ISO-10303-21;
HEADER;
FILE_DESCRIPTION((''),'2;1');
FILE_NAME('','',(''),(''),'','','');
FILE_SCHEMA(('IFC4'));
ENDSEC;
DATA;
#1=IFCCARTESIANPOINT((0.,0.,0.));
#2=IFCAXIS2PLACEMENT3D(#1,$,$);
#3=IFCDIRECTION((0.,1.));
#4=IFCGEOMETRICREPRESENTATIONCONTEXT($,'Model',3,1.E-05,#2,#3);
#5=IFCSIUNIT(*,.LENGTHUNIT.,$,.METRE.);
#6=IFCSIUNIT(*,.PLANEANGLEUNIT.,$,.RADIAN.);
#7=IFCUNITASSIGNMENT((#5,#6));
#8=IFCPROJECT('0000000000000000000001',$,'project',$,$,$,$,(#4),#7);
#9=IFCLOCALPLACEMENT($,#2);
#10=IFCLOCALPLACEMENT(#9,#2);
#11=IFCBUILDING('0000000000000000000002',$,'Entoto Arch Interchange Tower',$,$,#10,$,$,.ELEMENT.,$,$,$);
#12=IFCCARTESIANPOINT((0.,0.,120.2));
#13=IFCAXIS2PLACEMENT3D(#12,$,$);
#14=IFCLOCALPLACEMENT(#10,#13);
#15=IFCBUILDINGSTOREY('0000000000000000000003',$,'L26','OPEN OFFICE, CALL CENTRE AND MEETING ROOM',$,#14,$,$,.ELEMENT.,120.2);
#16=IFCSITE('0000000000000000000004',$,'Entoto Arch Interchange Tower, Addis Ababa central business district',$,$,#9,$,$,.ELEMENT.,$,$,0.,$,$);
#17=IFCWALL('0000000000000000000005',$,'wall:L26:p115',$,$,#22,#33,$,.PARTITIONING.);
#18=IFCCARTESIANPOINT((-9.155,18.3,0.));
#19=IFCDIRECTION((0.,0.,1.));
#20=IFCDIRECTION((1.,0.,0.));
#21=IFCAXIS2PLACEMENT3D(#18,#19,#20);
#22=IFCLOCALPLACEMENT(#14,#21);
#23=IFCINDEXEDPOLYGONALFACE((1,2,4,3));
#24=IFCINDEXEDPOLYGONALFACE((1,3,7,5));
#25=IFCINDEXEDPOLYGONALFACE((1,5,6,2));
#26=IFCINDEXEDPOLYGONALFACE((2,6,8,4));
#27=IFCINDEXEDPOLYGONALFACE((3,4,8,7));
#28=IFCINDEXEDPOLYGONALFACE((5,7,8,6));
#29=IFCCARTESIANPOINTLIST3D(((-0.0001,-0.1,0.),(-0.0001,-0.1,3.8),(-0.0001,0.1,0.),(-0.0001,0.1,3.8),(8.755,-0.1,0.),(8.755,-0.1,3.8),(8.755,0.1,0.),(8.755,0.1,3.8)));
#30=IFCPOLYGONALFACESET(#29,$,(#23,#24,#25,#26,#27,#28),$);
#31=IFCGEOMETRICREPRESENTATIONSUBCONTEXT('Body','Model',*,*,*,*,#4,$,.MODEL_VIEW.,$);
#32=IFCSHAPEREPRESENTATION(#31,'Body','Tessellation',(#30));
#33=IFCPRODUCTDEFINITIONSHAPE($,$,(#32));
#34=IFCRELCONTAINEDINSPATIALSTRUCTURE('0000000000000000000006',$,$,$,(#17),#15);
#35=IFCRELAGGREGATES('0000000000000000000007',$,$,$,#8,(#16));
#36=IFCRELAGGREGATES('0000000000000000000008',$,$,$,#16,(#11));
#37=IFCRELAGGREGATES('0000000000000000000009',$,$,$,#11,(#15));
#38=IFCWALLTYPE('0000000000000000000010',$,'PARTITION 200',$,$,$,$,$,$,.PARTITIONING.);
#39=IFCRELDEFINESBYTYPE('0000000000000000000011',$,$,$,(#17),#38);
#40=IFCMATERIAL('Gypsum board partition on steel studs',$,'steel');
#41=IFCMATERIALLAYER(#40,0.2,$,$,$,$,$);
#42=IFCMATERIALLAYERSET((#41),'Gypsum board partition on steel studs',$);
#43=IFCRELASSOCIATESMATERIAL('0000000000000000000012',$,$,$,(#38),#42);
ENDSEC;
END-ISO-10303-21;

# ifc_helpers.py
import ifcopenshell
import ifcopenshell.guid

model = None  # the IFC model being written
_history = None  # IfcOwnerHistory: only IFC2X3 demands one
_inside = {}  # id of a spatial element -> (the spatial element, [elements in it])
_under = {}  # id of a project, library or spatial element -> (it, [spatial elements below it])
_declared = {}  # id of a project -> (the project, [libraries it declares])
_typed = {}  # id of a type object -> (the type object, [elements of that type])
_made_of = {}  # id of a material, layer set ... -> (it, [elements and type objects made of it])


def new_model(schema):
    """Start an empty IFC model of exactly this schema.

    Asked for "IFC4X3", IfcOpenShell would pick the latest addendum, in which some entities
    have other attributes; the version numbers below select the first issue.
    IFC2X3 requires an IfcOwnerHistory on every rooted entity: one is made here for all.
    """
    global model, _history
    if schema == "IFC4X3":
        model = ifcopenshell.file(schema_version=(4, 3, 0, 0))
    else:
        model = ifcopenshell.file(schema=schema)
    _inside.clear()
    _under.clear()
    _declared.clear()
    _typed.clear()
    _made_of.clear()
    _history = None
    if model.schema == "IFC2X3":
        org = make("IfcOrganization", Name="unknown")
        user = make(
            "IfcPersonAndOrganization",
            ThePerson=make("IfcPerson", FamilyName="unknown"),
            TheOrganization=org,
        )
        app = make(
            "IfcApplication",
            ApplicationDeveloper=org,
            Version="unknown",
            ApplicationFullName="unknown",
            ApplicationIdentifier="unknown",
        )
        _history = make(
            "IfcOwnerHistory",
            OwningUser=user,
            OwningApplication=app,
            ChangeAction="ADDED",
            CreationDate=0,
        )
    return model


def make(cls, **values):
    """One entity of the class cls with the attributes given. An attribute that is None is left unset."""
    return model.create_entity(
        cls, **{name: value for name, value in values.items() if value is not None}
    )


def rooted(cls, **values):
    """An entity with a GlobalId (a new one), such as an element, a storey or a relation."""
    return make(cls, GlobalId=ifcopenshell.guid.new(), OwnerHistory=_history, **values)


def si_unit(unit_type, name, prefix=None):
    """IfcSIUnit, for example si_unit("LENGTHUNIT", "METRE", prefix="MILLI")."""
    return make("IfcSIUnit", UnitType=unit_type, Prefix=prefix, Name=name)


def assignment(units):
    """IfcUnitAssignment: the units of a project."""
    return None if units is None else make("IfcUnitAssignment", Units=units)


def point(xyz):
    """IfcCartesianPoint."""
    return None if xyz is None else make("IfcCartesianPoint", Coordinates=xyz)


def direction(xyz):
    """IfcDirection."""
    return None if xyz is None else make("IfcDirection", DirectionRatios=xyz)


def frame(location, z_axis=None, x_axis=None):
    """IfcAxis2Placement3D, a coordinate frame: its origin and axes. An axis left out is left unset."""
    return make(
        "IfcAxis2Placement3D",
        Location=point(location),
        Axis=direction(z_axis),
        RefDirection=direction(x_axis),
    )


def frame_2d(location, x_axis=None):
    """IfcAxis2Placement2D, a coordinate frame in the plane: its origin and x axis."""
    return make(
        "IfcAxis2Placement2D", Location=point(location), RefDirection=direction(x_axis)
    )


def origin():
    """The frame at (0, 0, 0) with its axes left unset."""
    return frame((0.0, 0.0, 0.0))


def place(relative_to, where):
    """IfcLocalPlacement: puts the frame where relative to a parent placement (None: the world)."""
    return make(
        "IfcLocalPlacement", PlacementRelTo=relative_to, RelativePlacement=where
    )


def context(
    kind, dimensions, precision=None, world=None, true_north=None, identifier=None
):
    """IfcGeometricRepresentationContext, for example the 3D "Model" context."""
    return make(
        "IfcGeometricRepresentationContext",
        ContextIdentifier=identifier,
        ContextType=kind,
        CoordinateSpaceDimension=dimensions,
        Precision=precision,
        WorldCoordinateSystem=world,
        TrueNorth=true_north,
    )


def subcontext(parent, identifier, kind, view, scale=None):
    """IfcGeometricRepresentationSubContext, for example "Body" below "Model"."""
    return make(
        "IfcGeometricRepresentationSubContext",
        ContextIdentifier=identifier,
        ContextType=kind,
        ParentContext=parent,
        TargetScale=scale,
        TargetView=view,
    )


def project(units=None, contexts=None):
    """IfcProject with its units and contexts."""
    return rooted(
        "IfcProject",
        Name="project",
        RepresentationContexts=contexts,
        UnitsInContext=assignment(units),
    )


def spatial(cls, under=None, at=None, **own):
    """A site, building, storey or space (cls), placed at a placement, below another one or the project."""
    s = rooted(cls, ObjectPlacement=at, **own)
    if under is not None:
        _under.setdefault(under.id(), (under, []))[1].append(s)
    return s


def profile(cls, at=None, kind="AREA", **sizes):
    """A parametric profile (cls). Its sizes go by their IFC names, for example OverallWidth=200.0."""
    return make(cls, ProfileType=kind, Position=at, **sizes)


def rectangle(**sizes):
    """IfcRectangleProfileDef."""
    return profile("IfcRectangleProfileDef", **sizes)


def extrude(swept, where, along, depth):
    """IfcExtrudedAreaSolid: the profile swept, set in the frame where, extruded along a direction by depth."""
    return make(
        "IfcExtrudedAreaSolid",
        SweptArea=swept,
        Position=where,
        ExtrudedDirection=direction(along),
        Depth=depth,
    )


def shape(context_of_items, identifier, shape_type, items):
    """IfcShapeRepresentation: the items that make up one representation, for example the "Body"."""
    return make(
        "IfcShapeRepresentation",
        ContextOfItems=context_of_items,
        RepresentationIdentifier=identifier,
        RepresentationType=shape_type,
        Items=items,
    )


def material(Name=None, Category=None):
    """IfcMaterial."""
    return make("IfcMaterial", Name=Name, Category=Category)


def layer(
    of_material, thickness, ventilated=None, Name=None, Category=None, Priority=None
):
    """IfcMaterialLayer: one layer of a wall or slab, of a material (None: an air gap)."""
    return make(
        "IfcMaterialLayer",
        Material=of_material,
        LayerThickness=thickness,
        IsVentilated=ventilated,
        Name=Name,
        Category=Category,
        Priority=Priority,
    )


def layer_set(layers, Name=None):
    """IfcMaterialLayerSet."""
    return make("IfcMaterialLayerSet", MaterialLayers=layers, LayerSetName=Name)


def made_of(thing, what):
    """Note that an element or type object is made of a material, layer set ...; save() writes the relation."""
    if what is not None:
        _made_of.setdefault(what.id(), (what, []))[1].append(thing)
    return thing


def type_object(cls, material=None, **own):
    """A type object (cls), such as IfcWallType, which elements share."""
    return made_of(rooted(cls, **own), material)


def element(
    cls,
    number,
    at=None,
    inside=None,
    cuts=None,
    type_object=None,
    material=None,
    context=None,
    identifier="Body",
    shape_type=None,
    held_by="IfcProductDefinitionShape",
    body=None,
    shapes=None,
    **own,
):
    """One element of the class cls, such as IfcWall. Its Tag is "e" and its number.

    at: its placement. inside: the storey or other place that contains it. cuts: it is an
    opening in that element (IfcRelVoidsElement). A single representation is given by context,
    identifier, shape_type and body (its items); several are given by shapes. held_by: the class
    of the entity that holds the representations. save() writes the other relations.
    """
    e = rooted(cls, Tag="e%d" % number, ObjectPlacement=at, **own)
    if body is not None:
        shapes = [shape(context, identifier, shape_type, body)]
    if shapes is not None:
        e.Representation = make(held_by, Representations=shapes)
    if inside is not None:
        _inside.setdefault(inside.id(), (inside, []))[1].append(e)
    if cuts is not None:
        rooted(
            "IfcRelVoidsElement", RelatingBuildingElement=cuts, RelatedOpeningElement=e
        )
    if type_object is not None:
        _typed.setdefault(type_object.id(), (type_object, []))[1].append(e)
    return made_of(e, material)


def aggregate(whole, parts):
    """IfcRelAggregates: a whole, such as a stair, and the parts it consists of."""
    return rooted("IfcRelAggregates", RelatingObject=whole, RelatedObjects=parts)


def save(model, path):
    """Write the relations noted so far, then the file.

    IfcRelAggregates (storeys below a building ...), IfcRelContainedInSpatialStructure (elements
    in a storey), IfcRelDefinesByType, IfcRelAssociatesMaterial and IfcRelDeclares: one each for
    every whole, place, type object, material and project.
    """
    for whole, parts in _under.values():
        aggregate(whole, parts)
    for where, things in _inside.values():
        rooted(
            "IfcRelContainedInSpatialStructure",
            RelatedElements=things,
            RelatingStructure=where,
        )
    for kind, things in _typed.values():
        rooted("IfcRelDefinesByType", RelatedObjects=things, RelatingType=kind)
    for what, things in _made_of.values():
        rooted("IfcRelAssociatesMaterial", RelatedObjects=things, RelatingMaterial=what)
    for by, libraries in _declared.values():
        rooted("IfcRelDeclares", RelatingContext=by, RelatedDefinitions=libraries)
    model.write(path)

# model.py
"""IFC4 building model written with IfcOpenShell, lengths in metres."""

from ifc_helpers import new_model, si_unit, direction, frame, frame_2d, origin, place, context, subcontext, project, spatial, rectangle, extrude, material, layer, layer_set, type_object, element, save


model = new_model("IFC4")

# Units and contexts
model_context = context("Model", 3, precision=1e-05, world=origin(), true_north=direction((0.0, 1.0)))
body_context = subcontext(model_context, "Body", "Model", "MODEL_VIEW")
ifc_project = project(units=[si_unit("LENGTHUNIT", "METRE"), si_unit("PLANEANGLEUNIT", "RADIAN")], contexts=[model_context])

# Site, building, storey
site_placement = place(None, origin())
site = spatial("IfcSite", under=ifc_project, at=site_placement, Name="Entoto Arch Interchange Tower, Addis Ababa central business district", CompositionType="ELEMENT", RefElevation=0.0)
building_placement = place(site_placement, origin())
building = spatial("IfcBuilding", under=site, at=building_placement, Name="Entoto Arch Interchange Tower", CompositionType="ELEMENT")
storey_placement = place(building_placement, frame((0.0, 0.0, 120.2)))
storey = spatial("IfcBuildingStorey", under=building, at=storey_placement, Name="L26", Description="OPEN OFFICE, CALL CENTRE AND MEETING ROOM", CompositionType="ELEMENT", Elevation=120.2)

# Shared definitions
ifc_material_1 = material(Name="Gypsum board partition on steel studs", Category="steel")
ifc_layer_1 = layer(ifc_material_1, 0.2)
ifc_layer_set_1 = layer_set([ifc_layer_1], Name="Gypsum board partition on steel studs")
wall_type_1 = type_object("IfcWallType", Name="PARTITION 200", PredefinedType="PARTITIONING", material=ifc_layer_set_1)

# Wall
wall_1_placement = place(storey_placement, frame((-9.155, 18.3, 0.0), z_axis=(0.0, 0.0, 1.0), x_axis=(1.0, 0.0, 0.0)))
element("IfcWall", 1, at=wall_1_placement, inside=storey, type_object=wall_type_1, Name="wall:L26:p115", PredefinedType="PARTITIONING", context=body_context, shape_type="SweptSolid", body=[
    extrude(rectangle(XDim=8.7551, YDim=0.2, at=frame_2d((4.3774, 0.0))), origin(), (0.0, 0.0, 1.0), 3.8),
])

save(model, "model.ifc")
